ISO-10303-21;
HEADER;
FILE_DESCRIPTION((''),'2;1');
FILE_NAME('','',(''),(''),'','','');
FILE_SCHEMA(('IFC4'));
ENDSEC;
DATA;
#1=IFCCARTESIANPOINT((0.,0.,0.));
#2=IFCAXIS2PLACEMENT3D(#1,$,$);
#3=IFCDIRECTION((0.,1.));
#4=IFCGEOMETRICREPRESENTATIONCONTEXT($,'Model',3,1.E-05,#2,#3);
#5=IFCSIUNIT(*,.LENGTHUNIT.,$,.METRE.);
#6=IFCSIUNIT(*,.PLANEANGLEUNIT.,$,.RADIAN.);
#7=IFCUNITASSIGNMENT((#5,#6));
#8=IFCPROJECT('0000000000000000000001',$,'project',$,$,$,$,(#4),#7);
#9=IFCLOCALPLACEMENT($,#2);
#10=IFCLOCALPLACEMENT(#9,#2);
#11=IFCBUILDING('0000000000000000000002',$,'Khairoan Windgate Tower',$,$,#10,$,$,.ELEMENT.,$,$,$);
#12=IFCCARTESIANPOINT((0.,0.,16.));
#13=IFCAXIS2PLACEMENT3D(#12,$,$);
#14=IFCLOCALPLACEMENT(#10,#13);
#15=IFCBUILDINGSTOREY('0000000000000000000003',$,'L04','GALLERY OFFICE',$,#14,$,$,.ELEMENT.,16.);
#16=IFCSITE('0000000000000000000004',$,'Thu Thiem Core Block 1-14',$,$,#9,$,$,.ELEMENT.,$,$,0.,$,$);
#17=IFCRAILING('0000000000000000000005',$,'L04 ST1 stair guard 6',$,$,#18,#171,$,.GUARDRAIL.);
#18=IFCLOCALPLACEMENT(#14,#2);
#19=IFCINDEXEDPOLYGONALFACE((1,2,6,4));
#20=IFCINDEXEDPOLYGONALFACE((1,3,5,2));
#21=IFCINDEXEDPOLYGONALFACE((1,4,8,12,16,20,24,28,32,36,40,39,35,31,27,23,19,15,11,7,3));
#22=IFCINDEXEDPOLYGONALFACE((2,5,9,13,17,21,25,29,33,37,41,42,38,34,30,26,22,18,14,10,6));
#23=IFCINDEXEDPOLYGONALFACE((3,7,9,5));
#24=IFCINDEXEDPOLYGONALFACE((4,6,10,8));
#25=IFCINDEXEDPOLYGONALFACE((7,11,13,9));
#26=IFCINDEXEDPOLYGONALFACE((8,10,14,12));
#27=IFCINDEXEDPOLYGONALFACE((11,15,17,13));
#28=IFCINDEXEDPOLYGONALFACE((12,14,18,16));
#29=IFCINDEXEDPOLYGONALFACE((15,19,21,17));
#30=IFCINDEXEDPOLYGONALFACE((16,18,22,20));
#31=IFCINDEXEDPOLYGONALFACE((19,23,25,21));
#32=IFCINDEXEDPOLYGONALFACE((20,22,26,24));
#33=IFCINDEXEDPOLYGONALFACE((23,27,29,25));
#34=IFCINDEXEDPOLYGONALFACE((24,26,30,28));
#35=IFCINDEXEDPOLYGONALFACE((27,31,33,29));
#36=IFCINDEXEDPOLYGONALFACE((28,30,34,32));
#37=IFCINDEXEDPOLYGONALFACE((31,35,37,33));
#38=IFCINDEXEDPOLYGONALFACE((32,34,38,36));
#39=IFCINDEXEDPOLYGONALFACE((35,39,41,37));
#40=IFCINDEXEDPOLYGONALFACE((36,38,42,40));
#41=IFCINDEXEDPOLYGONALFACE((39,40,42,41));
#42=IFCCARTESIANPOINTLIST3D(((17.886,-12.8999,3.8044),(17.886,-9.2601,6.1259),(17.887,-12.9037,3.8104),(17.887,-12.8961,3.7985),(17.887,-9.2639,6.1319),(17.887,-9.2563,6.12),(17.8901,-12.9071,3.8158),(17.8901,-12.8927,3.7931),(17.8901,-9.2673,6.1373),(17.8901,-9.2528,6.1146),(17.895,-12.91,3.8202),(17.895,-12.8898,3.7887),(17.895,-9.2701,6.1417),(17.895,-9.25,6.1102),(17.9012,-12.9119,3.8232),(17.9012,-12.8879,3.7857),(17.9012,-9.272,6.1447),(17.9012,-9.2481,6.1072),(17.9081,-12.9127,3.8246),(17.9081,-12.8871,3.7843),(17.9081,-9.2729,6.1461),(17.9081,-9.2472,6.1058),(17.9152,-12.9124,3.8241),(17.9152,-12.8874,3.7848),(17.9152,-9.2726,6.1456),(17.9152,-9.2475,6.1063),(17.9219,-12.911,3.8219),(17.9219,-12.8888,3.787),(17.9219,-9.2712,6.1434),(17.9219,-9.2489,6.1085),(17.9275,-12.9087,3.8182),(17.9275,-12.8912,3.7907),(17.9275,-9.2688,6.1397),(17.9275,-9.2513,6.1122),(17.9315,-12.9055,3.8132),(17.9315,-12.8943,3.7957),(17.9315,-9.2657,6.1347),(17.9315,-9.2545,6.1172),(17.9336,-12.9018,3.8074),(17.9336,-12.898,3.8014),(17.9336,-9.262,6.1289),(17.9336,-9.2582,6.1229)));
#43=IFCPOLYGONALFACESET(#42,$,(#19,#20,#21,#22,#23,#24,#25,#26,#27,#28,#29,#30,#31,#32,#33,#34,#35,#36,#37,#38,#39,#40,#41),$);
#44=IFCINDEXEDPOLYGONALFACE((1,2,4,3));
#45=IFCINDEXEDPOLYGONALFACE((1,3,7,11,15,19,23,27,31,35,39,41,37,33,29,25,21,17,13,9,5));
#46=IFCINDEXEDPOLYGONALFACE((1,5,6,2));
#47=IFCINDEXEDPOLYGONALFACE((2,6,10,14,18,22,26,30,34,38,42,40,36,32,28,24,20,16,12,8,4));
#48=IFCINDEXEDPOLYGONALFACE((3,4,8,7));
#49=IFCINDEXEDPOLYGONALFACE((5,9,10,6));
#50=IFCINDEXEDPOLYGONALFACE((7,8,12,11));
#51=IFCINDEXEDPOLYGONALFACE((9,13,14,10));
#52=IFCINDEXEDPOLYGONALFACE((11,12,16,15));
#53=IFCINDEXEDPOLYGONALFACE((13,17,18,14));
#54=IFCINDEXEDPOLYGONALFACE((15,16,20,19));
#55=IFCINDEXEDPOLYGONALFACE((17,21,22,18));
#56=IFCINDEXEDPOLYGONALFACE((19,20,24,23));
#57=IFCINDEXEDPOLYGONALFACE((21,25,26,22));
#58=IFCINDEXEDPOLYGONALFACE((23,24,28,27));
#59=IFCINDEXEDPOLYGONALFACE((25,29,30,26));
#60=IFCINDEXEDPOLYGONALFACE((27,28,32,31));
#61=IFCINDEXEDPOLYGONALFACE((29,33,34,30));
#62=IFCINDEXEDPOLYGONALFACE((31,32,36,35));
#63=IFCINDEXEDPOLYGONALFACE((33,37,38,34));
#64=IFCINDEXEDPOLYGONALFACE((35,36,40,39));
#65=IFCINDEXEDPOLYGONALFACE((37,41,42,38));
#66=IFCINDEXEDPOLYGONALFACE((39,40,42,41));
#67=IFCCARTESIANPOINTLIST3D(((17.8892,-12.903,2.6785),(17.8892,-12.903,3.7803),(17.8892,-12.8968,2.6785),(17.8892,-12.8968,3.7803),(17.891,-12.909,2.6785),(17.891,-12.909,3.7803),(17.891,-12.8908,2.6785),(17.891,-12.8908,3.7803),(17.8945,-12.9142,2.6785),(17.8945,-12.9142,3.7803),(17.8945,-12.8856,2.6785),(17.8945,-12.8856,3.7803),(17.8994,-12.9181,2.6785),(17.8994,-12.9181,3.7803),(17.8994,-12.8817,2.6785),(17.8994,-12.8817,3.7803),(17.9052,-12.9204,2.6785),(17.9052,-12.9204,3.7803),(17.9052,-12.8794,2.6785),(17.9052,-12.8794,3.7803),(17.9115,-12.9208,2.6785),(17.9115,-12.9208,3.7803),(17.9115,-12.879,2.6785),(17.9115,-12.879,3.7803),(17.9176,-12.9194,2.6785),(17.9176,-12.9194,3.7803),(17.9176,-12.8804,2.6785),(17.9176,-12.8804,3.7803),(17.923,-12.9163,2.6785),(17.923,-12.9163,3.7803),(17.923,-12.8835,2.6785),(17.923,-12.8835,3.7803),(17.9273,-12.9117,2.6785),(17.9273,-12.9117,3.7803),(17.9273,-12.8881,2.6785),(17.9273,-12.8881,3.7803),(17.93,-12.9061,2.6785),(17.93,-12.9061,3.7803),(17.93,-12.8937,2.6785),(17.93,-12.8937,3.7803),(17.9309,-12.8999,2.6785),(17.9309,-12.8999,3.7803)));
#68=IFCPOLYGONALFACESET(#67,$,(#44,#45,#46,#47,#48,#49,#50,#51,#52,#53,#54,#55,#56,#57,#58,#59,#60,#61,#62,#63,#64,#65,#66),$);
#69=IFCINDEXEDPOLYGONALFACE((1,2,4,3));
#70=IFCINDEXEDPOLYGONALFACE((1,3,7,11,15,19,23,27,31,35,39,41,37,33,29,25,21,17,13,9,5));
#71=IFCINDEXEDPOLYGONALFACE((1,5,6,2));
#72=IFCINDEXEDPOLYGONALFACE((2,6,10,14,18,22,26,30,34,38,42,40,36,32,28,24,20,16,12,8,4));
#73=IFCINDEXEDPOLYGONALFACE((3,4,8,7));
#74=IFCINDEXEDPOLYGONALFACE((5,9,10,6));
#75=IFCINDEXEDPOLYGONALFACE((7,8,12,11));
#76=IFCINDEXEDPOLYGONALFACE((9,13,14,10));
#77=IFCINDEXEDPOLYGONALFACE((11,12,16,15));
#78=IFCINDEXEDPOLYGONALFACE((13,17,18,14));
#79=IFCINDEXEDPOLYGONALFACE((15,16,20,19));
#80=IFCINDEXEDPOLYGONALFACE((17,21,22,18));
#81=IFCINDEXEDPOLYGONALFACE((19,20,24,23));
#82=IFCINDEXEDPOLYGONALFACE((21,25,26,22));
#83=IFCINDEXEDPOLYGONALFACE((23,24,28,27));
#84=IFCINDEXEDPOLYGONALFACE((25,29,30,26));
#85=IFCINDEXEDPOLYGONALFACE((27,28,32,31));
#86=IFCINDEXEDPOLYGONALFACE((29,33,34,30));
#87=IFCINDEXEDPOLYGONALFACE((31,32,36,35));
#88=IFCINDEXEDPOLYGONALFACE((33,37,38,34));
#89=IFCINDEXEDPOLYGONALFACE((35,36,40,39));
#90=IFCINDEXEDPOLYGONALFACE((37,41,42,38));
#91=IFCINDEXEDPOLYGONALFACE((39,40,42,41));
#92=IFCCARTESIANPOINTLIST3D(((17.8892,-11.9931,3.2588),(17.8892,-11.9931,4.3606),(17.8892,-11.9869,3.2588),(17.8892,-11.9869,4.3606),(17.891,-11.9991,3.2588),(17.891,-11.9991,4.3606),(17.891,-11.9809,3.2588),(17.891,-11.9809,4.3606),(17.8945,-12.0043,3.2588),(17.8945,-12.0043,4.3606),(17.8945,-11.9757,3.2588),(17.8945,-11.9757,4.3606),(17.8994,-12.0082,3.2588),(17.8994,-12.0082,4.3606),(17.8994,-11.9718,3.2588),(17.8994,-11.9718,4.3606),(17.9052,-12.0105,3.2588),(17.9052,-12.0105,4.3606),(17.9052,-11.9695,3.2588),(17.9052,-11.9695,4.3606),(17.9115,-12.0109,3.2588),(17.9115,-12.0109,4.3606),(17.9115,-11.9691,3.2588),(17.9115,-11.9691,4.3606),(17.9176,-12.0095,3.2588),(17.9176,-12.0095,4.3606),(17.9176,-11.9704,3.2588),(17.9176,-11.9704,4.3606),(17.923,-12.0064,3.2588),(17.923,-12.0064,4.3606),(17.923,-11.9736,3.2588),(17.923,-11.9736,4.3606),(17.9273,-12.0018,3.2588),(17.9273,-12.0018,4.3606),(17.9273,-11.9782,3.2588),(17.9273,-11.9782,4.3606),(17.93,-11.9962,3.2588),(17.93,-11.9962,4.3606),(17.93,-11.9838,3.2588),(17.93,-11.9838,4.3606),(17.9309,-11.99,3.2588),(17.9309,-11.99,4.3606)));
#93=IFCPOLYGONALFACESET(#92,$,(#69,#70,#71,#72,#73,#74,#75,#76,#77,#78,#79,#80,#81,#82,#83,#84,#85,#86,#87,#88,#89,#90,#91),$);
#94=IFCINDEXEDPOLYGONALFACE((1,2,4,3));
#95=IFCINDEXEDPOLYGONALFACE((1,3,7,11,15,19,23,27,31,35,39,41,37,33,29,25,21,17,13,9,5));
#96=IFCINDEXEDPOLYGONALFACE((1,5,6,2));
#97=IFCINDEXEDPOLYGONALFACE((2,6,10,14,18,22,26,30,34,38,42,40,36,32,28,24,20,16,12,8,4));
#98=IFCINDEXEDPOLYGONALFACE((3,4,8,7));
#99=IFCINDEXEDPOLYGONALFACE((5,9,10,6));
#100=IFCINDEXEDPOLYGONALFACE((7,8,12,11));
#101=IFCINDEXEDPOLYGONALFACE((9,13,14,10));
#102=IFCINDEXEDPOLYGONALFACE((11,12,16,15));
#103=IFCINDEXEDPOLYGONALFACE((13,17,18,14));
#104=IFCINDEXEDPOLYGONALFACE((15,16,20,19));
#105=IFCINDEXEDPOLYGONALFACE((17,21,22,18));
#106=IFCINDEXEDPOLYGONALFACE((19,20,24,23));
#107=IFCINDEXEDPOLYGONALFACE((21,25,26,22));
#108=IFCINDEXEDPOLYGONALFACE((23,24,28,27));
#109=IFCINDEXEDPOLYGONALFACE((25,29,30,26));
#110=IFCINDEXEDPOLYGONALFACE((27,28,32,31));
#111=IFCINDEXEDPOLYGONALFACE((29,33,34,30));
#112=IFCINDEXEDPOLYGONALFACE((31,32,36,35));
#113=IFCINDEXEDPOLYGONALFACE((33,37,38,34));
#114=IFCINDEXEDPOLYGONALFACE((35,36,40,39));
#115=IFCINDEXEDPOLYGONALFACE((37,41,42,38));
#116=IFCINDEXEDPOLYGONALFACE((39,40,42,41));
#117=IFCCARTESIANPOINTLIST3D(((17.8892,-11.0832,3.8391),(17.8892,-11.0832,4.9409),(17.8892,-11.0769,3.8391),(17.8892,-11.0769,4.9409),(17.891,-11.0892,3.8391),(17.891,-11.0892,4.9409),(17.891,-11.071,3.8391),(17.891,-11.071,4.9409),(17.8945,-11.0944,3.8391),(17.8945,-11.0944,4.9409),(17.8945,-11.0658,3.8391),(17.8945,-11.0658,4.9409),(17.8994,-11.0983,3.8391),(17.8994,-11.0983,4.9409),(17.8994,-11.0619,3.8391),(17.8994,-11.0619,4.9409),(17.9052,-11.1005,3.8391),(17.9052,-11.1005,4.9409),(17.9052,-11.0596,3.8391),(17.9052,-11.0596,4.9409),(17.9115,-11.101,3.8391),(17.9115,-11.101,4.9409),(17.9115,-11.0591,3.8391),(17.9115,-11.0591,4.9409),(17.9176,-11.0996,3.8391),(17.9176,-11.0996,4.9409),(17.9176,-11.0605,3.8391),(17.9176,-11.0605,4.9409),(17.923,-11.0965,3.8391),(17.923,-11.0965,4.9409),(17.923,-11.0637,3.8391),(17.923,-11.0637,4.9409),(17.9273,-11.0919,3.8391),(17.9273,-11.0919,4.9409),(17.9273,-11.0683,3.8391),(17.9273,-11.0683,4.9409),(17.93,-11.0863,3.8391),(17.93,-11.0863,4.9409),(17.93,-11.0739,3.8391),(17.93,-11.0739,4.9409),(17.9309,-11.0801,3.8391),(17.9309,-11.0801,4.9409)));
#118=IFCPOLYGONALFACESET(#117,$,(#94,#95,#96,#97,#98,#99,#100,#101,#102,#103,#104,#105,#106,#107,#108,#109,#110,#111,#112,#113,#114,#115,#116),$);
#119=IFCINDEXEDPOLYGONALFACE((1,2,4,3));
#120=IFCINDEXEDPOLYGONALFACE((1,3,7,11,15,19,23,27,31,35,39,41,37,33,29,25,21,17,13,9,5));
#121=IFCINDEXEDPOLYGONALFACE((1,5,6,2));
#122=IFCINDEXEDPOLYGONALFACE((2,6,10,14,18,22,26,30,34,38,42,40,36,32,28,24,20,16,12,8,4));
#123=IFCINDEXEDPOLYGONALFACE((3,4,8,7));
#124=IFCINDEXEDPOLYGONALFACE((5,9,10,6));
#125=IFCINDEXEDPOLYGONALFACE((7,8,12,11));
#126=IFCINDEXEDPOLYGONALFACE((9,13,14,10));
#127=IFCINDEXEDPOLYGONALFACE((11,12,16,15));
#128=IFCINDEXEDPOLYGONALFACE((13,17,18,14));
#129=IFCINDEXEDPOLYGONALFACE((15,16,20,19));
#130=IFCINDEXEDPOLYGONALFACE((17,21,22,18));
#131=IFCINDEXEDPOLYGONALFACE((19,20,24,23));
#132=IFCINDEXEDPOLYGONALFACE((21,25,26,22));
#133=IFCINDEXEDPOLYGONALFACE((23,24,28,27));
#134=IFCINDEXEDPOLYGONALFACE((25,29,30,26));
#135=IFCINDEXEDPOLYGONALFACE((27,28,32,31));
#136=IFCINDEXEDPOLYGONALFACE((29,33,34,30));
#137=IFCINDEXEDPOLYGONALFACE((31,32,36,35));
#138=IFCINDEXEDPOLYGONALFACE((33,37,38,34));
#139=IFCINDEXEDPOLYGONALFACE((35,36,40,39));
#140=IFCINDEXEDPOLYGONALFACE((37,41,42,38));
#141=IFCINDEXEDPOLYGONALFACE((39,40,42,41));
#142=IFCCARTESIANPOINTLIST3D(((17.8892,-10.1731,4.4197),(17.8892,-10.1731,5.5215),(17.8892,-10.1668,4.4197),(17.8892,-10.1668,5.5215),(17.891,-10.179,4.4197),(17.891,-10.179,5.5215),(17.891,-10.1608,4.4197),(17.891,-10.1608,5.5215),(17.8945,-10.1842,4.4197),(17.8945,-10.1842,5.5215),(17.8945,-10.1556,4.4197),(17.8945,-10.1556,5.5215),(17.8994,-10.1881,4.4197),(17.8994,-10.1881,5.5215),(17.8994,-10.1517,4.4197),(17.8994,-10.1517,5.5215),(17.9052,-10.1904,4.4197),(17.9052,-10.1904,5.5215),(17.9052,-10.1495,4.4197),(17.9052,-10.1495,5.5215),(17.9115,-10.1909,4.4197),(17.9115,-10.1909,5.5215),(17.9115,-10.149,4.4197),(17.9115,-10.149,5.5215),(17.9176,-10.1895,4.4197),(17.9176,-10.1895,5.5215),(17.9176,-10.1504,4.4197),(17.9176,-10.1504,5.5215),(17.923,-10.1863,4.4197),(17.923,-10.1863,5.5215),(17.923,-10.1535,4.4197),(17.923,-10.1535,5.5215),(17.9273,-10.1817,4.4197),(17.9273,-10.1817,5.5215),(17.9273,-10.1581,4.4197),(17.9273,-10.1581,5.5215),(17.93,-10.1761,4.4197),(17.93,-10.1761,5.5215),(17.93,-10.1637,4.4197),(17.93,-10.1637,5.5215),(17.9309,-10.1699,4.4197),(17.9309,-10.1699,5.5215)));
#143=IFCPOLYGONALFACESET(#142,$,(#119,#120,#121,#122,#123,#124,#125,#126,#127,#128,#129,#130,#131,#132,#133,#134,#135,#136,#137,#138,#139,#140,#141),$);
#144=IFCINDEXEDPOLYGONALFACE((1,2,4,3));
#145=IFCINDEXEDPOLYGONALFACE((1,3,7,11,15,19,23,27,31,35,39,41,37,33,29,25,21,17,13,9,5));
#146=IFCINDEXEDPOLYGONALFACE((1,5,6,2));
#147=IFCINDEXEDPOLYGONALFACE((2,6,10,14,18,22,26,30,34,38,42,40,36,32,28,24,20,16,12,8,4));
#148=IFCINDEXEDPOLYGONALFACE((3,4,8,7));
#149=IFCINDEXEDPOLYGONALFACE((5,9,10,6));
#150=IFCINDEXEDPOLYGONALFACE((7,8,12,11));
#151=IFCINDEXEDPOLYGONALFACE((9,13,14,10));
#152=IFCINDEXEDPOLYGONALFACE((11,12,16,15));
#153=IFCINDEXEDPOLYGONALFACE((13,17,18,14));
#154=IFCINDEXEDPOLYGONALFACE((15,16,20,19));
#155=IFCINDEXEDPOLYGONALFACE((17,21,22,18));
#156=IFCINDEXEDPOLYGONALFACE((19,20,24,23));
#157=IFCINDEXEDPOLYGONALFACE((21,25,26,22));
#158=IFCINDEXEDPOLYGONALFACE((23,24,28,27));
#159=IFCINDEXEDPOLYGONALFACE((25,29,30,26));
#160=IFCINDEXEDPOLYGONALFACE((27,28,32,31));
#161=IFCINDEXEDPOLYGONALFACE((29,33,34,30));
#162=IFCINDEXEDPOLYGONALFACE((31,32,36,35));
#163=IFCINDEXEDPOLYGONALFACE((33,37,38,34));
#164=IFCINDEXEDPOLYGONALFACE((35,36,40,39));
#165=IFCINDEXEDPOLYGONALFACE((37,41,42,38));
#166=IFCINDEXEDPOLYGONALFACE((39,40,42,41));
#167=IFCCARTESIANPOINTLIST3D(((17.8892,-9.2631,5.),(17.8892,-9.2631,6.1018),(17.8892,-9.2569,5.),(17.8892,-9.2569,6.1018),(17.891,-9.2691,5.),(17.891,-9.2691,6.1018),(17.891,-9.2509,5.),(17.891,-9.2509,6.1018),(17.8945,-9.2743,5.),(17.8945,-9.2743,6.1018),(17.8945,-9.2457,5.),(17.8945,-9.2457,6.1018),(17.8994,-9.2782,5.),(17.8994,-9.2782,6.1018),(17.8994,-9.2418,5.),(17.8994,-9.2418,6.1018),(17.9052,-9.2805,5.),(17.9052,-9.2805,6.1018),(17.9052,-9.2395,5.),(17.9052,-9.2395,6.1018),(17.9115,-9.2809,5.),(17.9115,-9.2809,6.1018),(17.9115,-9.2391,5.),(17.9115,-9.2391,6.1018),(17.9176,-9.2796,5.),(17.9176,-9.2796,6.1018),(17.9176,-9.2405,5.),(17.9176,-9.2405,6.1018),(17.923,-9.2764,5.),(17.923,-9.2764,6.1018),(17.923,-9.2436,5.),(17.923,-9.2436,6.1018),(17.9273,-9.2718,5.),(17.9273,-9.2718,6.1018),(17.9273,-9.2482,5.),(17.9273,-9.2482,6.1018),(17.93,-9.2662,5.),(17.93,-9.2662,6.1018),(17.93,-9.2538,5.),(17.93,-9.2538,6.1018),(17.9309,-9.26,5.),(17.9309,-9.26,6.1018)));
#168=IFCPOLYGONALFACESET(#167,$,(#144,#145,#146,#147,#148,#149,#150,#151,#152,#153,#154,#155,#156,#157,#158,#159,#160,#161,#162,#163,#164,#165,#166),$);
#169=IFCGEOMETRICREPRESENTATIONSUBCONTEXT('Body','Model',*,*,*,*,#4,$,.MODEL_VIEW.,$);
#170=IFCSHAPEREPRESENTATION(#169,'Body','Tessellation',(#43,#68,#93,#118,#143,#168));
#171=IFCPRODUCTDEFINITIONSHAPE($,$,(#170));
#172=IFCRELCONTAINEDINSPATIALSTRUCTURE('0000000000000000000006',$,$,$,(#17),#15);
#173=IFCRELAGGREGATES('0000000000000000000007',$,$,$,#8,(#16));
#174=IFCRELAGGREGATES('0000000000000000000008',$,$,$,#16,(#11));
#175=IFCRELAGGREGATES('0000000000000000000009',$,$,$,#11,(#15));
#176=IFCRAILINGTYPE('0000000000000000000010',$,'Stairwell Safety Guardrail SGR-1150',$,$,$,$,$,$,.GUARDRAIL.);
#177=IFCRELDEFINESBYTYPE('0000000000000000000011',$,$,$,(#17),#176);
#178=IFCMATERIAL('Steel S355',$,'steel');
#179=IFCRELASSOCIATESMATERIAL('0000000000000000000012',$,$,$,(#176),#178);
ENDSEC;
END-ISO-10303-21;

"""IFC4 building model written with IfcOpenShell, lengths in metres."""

from ifc_helpers import new_model, si_unit, direction, frame, origin, origin_2d, place, context, subcontext, project, spatial, circle, extrude, material, type_object, element, save


model = new_model("IFC4")

# Units and contexts
model_context = context("Model", 3, precision=1e-05, world=origin(), true_north=direction((0.0, 1.0)))
body_context = subcontext(model_context, "Body", "Model", "MODEL_VIEW")
ifc_project = project(units=[si_unit("LENGTHUNIT", "METRE"), si_unit("PLANEANGLEUNIT", "RADIAN")], contexts=[model_context])

# Site, building, storey
site_placement = place(None, origin())
site = spatial("IfcSite", under=ifc_project, at=site_placement, Name="Thu Thiem Core Block 1-14", CompositionType="ELEMENT", RefElevation=0.0)
building_placement = place(site_placement, origin())
building = spatial("IfcBuilding", under=site, at=building_placement, Name="Khairoan Windgate Tower", CompositionType="ELEMENT")
storey_placement = place(building_placement, frame((0.0, 0.0, 16.0)))
storey = spatial("IfcBuildingStorey", under=building, at=storey_placement, Name="L04", Description="GALLERY OFFICE", CompositionType="ELEMENT", Elevation=16.0)

# Railing
ifc_material_1 = material(Name="Steel S355", Category="steel")
railing_type = type_object("IfcRailingType", Name="Stairwell Safety Guardrail SGR-1150", PredefinedType="GUARDRAIL", material=ifc_material_1)
railing_1_placement = place(storey_placement, frame((17.9099, -12.8999, 2.6785)))
element("IfcRailing", 1, at=railing_1_placement, inside=storey, type_object=railing_type, Name="L04 ST1 stair guard 6", PredefinedType="GUARDRAIL", context=body_context, shape_type="SweptSolid", body=[
    extrude(circle(Radius=0.0239, at=origin_2d()), frame((0.0, 0.0, 1.126), z_axis=(0.0, 0.843112, 0.537739), x_axis=(-1.0, 0.0, 0.0)), (0.0, 0.0, 1.0), 4.3171),
    extrude(circle(Radius=0.021, at=origin_2d()), origin(), (0.0, 0.0, 1.0), 1.1018),
    extrude(circle(Radius=0.021, at=origin_2d()), frame((0.0, 0.9099, 0.5803)), (0.0, 0.0, 1.0), 1.1018),
    extrude(circle(Radius=0.021, at=origin_2d()), frame((0.0, 1.8198, 1.1606)), (0.0, 0.0, 1.0), 1.1018),
    extrude(circle(Radius=0.021, at=origin_2d()), frame((0.0, 2.73, 1.7412)), (0.0, 0.0, 1.0), 1.1018),
    extrude(circle(Radius=0.021, at=origin_2d()), frame((0.0, 3.6399, 2.3215)), (0.0, 0.0, 1.0), 1.1018),
])

save(model, "model.ifc")
